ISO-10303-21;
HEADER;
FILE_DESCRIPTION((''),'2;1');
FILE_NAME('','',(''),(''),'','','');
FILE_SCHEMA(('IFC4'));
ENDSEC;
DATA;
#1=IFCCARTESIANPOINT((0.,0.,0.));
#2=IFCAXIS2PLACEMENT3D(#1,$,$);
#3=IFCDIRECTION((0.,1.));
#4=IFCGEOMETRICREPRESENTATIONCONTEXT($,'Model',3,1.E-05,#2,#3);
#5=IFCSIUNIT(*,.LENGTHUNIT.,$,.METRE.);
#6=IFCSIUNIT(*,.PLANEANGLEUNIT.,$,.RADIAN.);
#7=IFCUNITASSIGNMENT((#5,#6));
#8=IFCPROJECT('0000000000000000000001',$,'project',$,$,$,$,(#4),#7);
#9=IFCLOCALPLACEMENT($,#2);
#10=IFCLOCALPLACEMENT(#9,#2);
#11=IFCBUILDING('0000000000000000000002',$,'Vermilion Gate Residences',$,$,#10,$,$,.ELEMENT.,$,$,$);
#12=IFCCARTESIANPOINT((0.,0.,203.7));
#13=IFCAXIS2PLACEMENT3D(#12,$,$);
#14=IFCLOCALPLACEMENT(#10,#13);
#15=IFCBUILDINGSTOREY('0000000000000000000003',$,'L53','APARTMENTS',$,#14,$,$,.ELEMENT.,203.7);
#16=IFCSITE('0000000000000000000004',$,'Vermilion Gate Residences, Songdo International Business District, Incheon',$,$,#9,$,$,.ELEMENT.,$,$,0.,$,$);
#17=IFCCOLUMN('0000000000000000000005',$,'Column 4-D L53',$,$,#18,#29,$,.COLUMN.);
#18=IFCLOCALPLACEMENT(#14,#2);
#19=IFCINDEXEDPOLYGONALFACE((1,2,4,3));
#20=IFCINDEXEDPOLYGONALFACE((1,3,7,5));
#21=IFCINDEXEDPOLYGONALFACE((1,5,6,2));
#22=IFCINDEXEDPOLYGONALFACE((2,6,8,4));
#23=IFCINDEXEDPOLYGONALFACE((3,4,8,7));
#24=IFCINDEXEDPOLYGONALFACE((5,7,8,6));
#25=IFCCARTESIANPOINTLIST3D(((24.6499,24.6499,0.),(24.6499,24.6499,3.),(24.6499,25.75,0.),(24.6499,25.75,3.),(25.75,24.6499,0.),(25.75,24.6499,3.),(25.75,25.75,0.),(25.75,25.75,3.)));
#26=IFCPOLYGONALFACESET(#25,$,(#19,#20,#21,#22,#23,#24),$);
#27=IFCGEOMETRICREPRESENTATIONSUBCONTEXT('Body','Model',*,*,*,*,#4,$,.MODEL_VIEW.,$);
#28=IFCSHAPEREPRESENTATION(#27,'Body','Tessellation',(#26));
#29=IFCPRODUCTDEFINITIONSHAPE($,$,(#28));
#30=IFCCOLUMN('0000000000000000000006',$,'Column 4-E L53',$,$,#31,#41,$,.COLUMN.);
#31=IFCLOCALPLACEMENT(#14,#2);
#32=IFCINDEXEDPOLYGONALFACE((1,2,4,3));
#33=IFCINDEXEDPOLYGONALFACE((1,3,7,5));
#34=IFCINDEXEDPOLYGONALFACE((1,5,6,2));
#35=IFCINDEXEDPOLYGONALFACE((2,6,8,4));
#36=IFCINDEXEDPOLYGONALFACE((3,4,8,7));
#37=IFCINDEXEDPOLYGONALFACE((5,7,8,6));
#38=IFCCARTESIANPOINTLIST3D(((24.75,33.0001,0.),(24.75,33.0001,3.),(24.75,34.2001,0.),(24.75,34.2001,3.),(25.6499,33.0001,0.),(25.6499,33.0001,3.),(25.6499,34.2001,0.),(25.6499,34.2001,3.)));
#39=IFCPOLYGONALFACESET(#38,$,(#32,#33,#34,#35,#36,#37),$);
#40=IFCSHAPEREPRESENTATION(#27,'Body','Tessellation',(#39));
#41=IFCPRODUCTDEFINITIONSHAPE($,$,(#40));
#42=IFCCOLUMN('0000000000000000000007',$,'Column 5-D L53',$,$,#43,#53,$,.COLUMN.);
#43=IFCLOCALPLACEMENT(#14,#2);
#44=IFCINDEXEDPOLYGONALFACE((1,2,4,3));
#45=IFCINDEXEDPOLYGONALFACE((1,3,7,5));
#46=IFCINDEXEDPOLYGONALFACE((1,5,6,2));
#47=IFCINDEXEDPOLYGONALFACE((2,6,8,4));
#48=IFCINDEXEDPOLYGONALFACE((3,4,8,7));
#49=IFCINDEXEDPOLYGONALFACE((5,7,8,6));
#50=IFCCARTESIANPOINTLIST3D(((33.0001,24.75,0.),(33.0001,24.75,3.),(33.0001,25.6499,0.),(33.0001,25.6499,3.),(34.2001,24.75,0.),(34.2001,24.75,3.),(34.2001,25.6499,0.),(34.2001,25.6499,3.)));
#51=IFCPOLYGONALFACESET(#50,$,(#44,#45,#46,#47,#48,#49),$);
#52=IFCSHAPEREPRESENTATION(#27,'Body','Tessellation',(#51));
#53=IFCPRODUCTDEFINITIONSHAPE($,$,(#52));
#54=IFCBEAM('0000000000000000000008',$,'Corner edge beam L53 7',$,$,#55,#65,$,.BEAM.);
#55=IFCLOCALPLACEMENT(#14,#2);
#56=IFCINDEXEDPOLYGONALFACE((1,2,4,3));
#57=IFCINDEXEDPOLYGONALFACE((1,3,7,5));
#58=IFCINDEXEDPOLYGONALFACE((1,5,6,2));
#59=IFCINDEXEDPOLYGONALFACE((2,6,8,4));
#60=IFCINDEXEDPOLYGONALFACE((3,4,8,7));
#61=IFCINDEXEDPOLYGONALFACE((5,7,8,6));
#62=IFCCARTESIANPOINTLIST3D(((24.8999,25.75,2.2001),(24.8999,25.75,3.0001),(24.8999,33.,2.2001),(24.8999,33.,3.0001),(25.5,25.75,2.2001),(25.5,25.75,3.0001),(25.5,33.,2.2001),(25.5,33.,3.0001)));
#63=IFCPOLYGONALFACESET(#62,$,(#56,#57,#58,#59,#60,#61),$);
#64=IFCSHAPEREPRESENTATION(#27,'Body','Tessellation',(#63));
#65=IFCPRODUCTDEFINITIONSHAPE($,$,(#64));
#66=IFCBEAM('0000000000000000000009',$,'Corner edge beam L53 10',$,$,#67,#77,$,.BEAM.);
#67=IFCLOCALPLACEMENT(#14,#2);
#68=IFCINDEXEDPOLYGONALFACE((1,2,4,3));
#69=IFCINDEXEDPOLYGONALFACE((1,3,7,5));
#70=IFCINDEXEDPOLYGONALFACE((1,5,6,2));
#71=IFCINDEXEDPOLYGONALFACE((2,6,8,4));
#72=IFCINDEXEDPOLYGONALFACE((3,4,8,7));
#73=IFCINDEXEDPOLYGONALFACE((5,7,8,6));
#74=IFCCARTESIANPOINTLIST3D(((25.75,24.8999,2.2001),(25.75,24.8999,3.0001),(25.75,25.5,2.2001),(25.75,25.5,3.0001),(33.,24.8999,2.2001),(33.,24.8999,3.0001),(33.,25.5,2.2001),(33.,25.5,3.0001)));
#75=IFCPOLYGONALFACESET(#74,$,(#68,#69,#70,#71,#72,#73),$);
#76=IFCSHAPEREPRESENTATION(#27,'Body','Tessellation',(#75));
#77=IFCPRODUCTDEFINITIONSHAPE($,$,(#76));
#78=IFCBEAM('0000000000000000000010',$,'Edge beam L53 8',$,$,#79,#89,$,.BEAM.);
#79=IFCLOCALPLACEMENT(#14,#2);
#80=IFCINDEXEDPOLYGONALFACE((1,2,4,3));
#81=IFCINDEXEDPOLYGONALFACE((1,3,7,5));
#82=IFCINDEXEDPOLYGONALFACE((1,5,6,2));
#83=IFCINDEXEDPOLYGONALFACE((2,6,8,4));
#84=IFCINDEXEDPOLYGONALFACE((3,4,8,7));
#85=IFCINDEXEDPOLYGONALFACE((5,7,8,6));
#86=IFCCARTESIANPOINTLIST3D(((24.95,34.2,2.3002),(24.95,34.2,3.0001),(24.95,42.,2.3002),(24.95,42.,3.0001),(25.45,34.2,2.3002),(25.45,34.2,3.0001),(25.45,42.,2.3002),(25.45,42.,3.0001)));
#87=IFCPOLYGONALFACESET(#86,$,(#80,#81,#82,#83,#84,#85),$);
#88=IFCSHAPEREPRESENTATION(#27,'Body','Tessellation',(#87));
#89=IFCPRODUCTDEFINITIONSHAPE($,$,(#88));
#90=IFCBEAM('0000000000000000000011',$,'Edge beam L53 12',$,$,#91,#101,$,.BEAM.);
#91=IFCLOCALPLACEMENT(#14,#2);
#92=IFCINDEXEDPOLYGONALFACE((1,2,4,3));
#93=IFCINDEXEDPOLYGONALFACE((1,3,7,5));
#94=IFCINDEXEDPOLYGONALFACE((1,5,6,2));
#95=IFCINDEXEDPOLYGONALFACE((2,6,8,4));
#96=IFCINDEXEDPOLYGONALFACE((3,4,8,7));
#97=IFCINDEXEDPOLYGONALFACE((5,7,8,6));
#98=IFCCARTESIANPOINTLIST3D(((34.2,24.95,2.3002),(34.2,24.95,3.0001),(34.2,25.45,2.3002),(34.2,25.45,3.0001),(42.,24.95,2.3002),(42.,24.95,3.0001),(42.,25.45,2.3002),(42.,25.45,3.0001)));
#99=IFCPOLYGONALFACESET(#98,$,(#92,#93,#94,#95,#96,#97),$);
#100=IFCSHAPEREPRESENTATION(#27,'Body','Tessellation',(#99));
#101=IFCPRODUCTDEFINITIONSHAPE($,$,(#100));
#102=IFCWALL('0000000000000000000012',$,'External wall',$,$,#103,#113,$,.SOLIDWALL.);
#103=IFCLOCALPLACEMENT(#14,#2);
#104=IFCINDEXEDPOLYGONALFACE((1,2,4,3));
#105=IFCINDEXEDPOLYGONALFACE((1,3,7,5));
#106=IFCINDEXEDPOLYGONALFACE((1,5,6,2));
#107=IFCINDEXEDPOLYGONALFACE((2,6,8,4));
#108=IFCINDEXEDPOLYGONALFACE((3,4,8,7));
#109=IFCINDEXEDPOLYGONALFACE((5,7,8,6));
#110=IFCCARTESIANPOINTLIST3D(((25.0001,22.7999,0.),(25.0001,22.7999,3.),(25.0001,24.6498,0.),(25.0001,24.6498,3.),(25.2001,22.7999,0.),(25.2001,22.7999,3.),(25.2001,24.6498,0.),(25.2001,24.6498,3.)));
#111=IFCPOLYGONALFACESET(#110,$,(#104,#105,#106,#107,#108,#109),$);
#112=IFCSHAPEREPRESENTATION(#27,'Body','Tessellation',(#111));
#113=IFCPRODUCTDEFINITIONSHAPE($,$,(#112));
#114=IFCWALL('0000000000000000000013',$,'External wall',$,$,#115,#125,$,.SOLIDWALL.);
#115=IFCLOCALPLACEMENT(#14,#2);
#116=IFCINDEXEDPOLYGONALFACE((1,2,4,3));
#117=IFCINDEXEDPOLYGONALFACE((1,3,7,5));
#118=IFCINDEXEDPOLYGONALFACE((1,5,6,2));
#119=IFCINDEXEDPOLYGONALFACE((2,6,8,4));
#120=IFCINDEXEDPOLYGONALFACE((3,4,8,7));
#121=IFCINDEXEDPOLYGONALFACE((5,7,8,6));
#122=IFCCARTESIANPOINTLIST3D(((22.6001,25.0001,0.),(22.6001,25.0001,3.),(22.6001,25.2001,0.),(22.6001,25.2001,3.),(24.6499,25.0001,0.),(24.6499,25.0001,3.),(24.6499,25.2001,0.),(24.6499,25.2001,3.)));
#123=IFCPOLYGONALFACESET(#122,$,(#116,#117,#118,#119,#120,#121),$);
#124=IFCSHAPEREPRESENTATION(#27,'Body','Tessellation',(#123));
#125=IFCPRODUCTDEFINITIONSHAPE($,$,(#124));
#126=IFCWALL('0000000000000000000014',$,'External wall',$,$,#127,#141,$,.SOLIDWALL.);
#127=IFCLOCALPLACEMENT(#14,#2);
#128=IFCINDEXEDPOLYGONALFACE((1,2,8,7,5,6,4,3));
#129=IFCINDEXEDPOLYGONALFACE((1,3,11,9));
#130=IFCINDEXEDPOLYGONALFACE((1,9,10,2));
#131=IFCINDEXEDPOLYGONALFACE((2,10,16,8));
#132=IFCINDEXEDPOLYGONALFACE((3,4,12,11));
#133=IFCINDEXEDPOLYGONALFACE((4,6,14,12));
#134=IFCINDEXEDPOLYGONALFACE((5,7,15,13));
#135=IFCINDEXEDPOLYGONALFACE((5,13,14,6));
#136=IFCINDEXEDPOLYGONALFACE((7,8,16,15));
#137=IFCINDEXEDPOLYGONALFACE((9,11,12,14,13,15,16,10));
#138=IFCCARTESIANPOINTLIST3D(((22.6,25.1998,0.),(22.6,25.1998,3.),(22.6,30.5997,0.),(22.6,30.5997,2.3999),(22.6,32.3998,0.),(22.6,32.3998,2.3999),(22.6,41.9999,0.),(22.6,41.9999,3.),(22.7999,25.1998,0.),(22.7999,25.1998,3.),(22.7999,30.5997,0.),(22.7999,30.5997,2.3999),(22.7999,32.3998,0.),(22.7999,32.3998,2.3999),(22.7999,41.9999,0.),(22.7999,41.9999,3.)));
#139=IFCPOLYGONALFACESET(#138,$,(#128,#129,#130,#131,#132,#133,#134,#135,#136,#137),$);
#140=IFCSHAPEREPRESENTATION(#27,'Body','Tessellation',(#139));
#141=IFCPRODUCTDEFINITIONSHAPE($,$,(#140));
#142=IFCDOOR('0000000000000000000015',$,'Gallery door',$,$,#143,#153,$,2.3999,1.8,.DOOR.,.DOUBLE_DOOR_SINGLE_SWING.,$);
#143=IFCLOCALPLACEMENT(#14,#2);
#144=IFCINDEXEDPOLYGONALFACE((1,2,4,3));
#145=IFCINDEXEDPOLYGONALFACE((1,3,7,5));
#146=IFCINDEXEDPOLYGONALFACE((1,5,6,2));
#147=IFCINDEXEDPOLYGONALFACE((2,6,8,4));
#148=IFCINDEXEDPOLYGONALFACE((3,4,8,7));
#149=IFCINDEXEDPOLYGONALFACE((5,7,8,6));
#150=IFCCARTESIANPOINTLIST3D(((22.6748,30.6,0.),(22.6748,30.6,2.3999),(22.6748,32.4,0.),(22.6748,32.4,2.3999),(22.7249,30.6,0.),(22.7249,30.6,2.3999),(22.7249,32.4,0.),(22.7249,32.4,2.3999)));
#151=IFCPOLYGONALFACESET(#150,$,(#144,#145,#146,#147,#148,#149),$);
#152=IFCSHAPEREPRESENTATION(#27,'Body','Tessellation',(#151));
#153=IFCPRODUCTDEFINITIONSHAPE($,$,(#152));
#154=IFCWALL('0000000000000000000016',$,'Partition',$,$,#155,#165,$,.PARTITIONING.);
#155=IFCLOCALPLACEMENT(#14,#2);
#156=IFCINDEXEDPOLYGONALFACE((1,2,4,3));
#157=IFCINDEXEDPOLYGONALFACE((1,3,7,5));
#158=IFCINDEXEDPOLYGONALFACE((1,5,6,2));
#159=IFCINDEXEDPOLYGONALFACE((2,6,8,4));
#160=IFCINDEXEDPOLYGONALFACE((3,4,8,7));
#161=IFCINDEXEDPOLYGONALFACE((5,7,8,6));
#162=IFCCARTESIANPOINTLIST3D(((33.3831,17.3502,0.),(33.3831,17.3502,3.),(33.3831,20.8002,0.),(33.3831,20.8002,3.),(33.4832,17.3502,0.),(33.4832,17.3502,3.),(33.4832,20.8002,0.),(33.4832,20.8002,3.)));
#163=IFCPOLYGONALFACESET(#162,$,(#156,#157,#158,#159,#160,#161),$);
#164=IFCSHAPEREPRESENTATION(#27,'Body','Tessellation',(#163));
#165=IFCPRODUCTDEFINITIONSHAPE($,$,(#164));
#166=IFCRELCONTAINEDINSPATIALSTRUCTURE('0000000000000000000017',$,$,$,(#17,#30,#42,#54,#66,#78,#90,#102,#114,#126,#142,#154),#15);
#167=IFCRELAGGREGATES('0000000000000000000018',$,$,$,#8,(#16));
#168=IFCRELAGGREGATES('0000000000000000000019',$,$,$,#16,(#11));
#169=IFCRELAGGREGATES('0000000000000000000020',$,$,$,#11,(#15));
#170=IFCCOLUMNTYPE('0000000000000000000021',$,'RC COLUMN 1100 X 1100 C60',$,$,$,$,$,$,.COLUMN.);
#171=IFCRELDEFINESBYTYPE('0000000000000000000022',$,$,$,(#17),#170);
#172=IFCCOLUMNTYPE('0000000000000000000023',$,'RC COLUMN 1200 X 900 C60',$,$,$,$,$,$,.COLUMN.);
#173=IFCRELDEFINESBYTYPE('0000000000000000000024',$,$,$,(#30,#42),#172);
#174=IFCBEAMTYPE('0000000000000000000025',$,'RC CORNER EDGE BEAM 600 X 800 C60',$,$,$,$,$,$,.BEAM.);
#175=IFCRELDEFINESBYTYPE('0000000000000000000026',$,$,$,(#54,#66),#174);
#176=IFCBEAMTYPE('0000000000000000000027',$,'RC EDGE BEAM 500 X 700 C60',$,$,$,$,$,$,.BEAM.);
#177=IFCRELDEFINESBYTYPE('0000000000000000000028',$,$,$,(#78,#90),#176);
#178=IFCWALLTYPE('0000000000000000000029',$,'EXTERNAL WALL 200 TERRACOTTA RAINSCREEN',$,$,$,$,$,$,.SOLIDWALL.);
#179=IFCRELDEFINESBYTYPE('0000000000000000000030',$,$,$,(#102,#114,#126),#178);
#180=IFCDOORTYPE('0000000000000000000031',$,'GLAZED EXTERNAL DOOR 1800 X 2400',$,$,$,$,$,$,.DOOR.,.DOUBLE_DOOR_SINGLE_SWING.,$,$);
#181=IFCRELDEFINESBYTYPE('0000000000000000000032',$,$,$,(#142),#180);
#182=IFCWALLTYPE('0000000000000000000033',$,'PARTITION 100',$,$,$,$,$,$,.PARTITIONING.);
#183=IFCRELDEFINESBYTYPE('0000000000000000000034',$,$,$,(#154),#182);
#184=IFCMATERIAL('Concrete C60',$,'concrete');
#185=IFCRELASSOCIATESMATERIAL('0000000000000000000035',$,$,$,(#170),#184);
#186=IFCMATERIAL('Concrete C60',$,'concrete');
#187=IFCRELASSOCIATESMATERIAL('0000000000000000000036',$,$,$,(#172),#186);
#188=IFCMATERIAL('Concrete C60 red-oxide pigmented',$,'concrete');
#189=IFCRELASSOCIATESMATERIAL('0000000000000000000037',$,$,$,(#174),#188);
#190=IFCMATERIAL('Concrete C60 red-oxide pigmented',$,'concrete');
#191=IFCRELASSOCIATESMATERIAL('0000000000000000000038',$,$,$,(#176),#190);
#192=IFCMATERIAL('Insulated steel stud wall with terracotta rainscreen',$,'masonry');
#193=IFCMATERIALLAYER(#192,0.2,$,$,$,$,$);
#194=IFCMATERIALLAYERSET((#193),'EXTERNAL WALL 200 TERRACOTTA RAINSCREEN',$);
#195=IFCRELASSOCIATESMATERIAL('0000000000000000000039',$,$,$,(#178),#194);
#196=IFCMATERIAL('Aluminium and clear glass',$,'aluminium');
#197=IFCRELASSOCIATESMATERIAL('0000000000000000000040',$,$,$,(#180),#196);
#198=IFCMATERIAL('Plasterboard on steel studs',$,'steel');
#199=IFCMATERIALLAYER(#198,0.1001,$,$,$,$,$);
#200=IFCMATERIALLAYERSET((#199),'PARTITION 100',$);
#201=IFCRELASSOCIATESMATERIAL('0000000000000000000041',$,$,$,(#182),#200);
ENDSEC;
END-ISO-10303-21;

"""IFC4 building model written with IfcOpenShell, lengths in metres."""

from ifc_helpers import new_model, si_unit, direction, frame, frame_2d, origin, origin_2d, place, context, subcontext, project, spatial, rectangle, extrude, material, layer, layer_set, material_profile, profile_set, type_object, element, fill, save


model = new_model("IFC4")

# Units and contexts
model_context = context("Model", 3, precision=1e-05, world=origin(), true_north=direction((0.0, 1.0)))
body_context = subcontext(model_context, "Body", "Model", "MODEL_VIEW")
ifc_project = project(units=[si_unit("LENGTHUNIT", "METRE"), si_unit("PLANEANGLEUNIT", "RADIAN")], contexts=[model_context])

# Site, building, storey
site_placement = place(None, origin())
site = spatial("IfcSite", under=ifc_project, at=site_placement, Name="Vermilion Gate Residences, Songdo International Business District, Incheon", CompositionType="ELEMENT", RefElevation=0.0)
building_placement = place(site_placement, origin())
building = spatial("IfcBuilding", under=site, at=building_placement, Name="Vermilion Gate Residences", CompositionType="ELEMENT")
storey_placement = place(building_placement, frame((0.0, 0.0, 203.7)))
storey = spatial("IfcBuildingStorey", under=building, at=storey_placement, Name="L53", Description="APARTMENTS", CompositionType="ELEMENT", Elevation=203.7)

# Columns
ifc_material_1 = material(Name="Concrete C60", Category="concrete")
ifc_material_profile_1 = material_profile(ifc_material_1, rectangle(XDim=1.1001, YDim=1.1001, at=origin_2d()), Name="RC-1100x1100")
ifc_profile_set_1 = profile_set([ifc_material_profile_1], Name="Concrete C60")
column_type_1 = type_object("IfcColumnType", Name="RC COLUMN 1100 X 1100 C60", PredefinedType="COLUMN", material=ifc_profile_set_1)
column_placement = place(storey_placement, frame((25.2, 25.2, 0.0), z_axis=(0.0, 0.0, 1.0), x_axis=(1.0, 0.0, 0.0)))
element("IfcColumn", 1, at=column_placement, inside=storey, type_object=column_type_1, Name="Column 4-D L53", PredefinedType="COLUMN", context=body_context, shape_type="SweptSolid", body=[
    extrude(rectangle(XDim=1.1001, YDim=1.1001, at=origin_2d()), origin(), (0.0, 0.0, 1.0), 3.0),
])
ifc_material_2 = material(Name="Concrete C60", Category="concrete")
ifc_material_profile_2 = material_profile(ifc_material_2, rectangle(XDim=1.2, YDim=0.8999, at=origin_2d()), Name="RC-1200x900")
ifc_profile_set_2 = profile_set([ifc_material_profile_2], Name="Concrete C60")
column_type_2 = type_object("IfcColumnType", Name="RC COLUMN 1200 X 900 C60", PredefinedType="COLUMN", material=ifc_profile_set_2)
for number, where, z_axis, x_axis, name in (
    (2, (25.2, 33.6001, 0.0), (0.0, 0.0, 1.0), (0.0, 1.0, 0.0), "Column 4-E L53"),
    (3, (33.6001, 25.2, 0.0), (0.0, 0.0, 1.0), (1.0, 0.0, 0.0), "Column 5-D L53"),
):
    element("IfcColumn", number, at=place(storey_placement, frame(where, z_axis=z_axis, x_axis=x_axis)), inside=storey, type_object=column_type_2, Name=name, PredefinedType="COLUMN", context=body_context, shape_type="SweptSolid", body=[
        extrude(rectangle(XDim=1.2, YDim=0.8999, at=origin_2d()), origin(), (0.0, 0.0, 1.0), 3.0),
    ])

# Beams
ifc_material_3 = material(Name="Concrete C60 red-oxide pigmented", Category="concrete")
ifc_material_profile_3 = material_profile(ifc_material_3, rectangle(XDim=0.6001, YDim=0.8, at=origin_2d()), Name="RC-600x800")
ifc_profile_set_3 = profile_set([ifc_material_profile_3], Name="Concrete C60 red-oxide pigmented")
beam_type_1 = type_object("IfcBeamType", Name="RC CORNER EDGE BEAM 600 X 800 C60", PredefinedType="BEAM", material=ifc_profile_set_3)
for number, where, z_axis, x_axis, name in (
    (4, (25.2, 25.75, 2.6001), (0.0, 1.0, 0.0), (-1.0, 0.0, 0.0), "Corner edge beam L53 7"),
    (5, (25.75, 25.2, 2.6001), (1.0, 0.0, 0.0), (0.0, 1.0, 0.0), "Corner edge beam L53 10"),
):
    element("IfcBeam", number, at=place(storey_placement, frame(where, z_axis=z_axis, x_axis=x_axis)), inside=storey, type_object=beam_type_1, Name=name, PredefinedType="BEAM", context=body_context, shape_type="SweptSolid", body=[
        extrude(rectangle(XDim=0.6001, YDim=0.8, at=origin_2d()), origin(), (0.0, 0.0, 1.0), 7.25),
    ])
ifc_material_4 = material(Name="Concrete C60 red-oxide pigmented", Category="concrete")
ifc_material_profile_4 = material_profile(ifc_material_4, rectangle(XDim=0.5, YDim=0.7, at=origin_2d()), Name="RC-500x700")
ifc_profile_set_4 = profile_set([ifc_material_profile_4], Name="Concrete C60 red-oxide pigmented")
beam_type_2 = type_object("IfcBeamType", Name="RC EDGE BEAM 500 X 700 C60", PredefinedType="BEAM", material=ifc_profile_set_4)
for number, where, z_axis, x_axis, name in (
    (6, (25.2, 34.2, 2.6501), (0.0, 1.0, 0.0), (-1.0, 0.0, 0.0), "Edge beam L53 8"),
    (7, (34.2, 25.2, 2.6501), (1.0, 0.0, 0.0), (0.0, 1.0, 0.0), "Edge beam L53 12"),
):
    element("IfcBeam", number, at=place(storey_placement, frame(where, z_axis=z_axis, x_axis=x_axis)), inside=storey, type_object=beam_type_2, Name=name, PredefinedType="BEAM", context=body_context, shape_type="SweptSolid", body=[
        extrude(rectangle(XDim=0.5, YDim=0.7, at=origin_2d()), origin(), (0.0, 0.0, 1.0), 7.8),
    ])

# Walls
ifc_material_5 = material(Name="Insulated steel stud wall with terracotta rainscreen", Category="masonry")
ifc_layer_1 = layer(ifc_material_5, 0.2)
ifc_layer_set_1 = layer_set([ifc_layer_1], Name="EXTERNAL WALL 200 TERRACOTTA RAINSCREEN")
wall_type_1 = type_object("IfcWallType", Name="EXTERNAL WALL 200 TERRACOTTA RAINSCREEN", PredefinedType="SOLIDWALL", material=ifc_layer_set_1)
wall_1_placement = place(storey_placement, frame((25.1001, 22.8, 0.0), z_axis=(0.0, 0.0, 1.0), x_axis=(0.0, 1.0, 0.0)))
element("IfcWall", 8, at=wall_1_placement, inside=storey, type_object=wall_type_1, Name="External wall", PredefinedType="SOLIDWALL", context=body_context, shape_type="SweptSolid", body=[
    extrude(rectangle(XDim=1.8499, YDim=0.2, at=frame_2d((0.9248, 0.0))), origin(), (0.0, 0.0, 1.0), 3.0),
])
wall_2_placement = place(storey_placement, frame((24.6499, 25.1001, 0.0), z_axis=(0.0, 0.0, 1.0), x_axis=(-1.0, 0.0, 0.0)))
element("IfcWall", 9, at=wall_2_placement, inside=storey, type_object=wall_type_1, Name="External wall", PredefinedType="SOLIDWALL", context=body_context, shape_type="SweptSolid", body=[
    extrude(rectangle(XDim=2.0498, YDim=0.2, at=frame_2d((1.0249, 0.0))), origin(), (0.0, 0.0, 1.0), 3.0),
])

# Wall, opening, door
wall_3_placement = place(storey_placement, frame((22.7, 25.2, 0.0), z_axis=(0.0, 0.0, 1.0), x_axis=(0.0, 1.0, 0.0)))
wall_3 = element("IfcWall", 10, at=wall_3_placement, inside=storey, type_object=wall_type_1, Name="External wall", PredefinedType="SOLIDWALL", context=body_context, shape_type="SweptSolid", body=[
    extrude(rectangle(XDim=16.8, YDim=0.2, at=frame_2d((8.3999, 0.0))), origin(), (0.0, 0.0, 1.0), 3.0),
])
opening_1_placement = place(wall_3_placement, frame((5.3999, 0.0, 0.0)))
opening_1 = element("IfcOpeningElement", 11, at=opening_1_placement, cuts=wall_3, PredefinedType="OPENING", context=body_context, shape_type="SweptSolid", body=[
    extrude(rectangle(XDim=1.8, YDim=2.3999, at=frame_2d((0.8999, 1.2))), frame((0.0, 0.1099, 0.0), z_axis=(0.0, -1.0, 0.0), x_axis=(1.0, 0.0, 0.0)), (0.0, 0.0, 1.0), 0.22),
])
ifc_material_6 = material(Name="Aluminium and clear glass", Category="aluminium")
door_type = type_object("IfcDoorType", Name="GLAZED EXTERNAL DOOR 1800 X 2400", OperationType="DOUBLE_DOOR_SINGLE_SWING", PredefinedType="DOOR", material=ifc_material_6)
door_placement = place(opening_1_placement, frame((1.8, 0.0, 0.0), z_axis=(0.0, 0.0, 1.0), x_axis=(-1.0, 0.0, 0.0)))
door = element("IfcDoor", 12, at=door_placement, inside=storey, type_object=door_type, Name="Gallery door", OperationType="DOUBLE_DOOR_SINGLE_SWING", OverallHeight=2.3999, OverallWidth=1.8, PredefinedType="DOOR", context=body_context, shape_type="SweptSolid", body=[
    extrude(rectangle(XDim=1.8, YDim=2.3999, at=frame_2d((0.8999, 1.2))), frame((0.0, 0.0249, 0.0), z_axis=(0.0, -1.0, 0.0), x_axis=(1.0, 0.0, 0.0)), (0.0, 0.0, 1.0), 0.05),
])
fill(opening_1, door)

# Wall
ifc_material_7 = material(Name="Plasterboard on steel studs", Category="steel")
ifc_layer_2 = layer(ifc_material_7, 0.1001)
ifc_layer_set_2 = layer_set([ifc_layer_2], Name="PARTITION 100")
wall_type_2 = type_object("IfcWallType", Name="PARTITION 100", PredefinedType="PARTITIONING", material=ifc_layer_set_2)
wall_4_placement = place(storey_placement, frame((33.4331, 17.3501, 0.0), z_axis=(0.0, 0.0, 1.0), x_axis=(0.0, 1.0, 0.0)))
element("IfcWall", 13, at=wall_4_placement, inside=storey, type_object=wall_type_2, Name="Partition", PredefinedType="PARTITIONING", context=body_context, shape_type="SweptSolid", body=[
    extrude(rectangle(XDim=3.45, YDim=0.1001, at=frame_2d((1.7251, 0.0))), origin(), (0.0, 0.0, 1.0), 3.0),
])

save(model, "model.ifc")
